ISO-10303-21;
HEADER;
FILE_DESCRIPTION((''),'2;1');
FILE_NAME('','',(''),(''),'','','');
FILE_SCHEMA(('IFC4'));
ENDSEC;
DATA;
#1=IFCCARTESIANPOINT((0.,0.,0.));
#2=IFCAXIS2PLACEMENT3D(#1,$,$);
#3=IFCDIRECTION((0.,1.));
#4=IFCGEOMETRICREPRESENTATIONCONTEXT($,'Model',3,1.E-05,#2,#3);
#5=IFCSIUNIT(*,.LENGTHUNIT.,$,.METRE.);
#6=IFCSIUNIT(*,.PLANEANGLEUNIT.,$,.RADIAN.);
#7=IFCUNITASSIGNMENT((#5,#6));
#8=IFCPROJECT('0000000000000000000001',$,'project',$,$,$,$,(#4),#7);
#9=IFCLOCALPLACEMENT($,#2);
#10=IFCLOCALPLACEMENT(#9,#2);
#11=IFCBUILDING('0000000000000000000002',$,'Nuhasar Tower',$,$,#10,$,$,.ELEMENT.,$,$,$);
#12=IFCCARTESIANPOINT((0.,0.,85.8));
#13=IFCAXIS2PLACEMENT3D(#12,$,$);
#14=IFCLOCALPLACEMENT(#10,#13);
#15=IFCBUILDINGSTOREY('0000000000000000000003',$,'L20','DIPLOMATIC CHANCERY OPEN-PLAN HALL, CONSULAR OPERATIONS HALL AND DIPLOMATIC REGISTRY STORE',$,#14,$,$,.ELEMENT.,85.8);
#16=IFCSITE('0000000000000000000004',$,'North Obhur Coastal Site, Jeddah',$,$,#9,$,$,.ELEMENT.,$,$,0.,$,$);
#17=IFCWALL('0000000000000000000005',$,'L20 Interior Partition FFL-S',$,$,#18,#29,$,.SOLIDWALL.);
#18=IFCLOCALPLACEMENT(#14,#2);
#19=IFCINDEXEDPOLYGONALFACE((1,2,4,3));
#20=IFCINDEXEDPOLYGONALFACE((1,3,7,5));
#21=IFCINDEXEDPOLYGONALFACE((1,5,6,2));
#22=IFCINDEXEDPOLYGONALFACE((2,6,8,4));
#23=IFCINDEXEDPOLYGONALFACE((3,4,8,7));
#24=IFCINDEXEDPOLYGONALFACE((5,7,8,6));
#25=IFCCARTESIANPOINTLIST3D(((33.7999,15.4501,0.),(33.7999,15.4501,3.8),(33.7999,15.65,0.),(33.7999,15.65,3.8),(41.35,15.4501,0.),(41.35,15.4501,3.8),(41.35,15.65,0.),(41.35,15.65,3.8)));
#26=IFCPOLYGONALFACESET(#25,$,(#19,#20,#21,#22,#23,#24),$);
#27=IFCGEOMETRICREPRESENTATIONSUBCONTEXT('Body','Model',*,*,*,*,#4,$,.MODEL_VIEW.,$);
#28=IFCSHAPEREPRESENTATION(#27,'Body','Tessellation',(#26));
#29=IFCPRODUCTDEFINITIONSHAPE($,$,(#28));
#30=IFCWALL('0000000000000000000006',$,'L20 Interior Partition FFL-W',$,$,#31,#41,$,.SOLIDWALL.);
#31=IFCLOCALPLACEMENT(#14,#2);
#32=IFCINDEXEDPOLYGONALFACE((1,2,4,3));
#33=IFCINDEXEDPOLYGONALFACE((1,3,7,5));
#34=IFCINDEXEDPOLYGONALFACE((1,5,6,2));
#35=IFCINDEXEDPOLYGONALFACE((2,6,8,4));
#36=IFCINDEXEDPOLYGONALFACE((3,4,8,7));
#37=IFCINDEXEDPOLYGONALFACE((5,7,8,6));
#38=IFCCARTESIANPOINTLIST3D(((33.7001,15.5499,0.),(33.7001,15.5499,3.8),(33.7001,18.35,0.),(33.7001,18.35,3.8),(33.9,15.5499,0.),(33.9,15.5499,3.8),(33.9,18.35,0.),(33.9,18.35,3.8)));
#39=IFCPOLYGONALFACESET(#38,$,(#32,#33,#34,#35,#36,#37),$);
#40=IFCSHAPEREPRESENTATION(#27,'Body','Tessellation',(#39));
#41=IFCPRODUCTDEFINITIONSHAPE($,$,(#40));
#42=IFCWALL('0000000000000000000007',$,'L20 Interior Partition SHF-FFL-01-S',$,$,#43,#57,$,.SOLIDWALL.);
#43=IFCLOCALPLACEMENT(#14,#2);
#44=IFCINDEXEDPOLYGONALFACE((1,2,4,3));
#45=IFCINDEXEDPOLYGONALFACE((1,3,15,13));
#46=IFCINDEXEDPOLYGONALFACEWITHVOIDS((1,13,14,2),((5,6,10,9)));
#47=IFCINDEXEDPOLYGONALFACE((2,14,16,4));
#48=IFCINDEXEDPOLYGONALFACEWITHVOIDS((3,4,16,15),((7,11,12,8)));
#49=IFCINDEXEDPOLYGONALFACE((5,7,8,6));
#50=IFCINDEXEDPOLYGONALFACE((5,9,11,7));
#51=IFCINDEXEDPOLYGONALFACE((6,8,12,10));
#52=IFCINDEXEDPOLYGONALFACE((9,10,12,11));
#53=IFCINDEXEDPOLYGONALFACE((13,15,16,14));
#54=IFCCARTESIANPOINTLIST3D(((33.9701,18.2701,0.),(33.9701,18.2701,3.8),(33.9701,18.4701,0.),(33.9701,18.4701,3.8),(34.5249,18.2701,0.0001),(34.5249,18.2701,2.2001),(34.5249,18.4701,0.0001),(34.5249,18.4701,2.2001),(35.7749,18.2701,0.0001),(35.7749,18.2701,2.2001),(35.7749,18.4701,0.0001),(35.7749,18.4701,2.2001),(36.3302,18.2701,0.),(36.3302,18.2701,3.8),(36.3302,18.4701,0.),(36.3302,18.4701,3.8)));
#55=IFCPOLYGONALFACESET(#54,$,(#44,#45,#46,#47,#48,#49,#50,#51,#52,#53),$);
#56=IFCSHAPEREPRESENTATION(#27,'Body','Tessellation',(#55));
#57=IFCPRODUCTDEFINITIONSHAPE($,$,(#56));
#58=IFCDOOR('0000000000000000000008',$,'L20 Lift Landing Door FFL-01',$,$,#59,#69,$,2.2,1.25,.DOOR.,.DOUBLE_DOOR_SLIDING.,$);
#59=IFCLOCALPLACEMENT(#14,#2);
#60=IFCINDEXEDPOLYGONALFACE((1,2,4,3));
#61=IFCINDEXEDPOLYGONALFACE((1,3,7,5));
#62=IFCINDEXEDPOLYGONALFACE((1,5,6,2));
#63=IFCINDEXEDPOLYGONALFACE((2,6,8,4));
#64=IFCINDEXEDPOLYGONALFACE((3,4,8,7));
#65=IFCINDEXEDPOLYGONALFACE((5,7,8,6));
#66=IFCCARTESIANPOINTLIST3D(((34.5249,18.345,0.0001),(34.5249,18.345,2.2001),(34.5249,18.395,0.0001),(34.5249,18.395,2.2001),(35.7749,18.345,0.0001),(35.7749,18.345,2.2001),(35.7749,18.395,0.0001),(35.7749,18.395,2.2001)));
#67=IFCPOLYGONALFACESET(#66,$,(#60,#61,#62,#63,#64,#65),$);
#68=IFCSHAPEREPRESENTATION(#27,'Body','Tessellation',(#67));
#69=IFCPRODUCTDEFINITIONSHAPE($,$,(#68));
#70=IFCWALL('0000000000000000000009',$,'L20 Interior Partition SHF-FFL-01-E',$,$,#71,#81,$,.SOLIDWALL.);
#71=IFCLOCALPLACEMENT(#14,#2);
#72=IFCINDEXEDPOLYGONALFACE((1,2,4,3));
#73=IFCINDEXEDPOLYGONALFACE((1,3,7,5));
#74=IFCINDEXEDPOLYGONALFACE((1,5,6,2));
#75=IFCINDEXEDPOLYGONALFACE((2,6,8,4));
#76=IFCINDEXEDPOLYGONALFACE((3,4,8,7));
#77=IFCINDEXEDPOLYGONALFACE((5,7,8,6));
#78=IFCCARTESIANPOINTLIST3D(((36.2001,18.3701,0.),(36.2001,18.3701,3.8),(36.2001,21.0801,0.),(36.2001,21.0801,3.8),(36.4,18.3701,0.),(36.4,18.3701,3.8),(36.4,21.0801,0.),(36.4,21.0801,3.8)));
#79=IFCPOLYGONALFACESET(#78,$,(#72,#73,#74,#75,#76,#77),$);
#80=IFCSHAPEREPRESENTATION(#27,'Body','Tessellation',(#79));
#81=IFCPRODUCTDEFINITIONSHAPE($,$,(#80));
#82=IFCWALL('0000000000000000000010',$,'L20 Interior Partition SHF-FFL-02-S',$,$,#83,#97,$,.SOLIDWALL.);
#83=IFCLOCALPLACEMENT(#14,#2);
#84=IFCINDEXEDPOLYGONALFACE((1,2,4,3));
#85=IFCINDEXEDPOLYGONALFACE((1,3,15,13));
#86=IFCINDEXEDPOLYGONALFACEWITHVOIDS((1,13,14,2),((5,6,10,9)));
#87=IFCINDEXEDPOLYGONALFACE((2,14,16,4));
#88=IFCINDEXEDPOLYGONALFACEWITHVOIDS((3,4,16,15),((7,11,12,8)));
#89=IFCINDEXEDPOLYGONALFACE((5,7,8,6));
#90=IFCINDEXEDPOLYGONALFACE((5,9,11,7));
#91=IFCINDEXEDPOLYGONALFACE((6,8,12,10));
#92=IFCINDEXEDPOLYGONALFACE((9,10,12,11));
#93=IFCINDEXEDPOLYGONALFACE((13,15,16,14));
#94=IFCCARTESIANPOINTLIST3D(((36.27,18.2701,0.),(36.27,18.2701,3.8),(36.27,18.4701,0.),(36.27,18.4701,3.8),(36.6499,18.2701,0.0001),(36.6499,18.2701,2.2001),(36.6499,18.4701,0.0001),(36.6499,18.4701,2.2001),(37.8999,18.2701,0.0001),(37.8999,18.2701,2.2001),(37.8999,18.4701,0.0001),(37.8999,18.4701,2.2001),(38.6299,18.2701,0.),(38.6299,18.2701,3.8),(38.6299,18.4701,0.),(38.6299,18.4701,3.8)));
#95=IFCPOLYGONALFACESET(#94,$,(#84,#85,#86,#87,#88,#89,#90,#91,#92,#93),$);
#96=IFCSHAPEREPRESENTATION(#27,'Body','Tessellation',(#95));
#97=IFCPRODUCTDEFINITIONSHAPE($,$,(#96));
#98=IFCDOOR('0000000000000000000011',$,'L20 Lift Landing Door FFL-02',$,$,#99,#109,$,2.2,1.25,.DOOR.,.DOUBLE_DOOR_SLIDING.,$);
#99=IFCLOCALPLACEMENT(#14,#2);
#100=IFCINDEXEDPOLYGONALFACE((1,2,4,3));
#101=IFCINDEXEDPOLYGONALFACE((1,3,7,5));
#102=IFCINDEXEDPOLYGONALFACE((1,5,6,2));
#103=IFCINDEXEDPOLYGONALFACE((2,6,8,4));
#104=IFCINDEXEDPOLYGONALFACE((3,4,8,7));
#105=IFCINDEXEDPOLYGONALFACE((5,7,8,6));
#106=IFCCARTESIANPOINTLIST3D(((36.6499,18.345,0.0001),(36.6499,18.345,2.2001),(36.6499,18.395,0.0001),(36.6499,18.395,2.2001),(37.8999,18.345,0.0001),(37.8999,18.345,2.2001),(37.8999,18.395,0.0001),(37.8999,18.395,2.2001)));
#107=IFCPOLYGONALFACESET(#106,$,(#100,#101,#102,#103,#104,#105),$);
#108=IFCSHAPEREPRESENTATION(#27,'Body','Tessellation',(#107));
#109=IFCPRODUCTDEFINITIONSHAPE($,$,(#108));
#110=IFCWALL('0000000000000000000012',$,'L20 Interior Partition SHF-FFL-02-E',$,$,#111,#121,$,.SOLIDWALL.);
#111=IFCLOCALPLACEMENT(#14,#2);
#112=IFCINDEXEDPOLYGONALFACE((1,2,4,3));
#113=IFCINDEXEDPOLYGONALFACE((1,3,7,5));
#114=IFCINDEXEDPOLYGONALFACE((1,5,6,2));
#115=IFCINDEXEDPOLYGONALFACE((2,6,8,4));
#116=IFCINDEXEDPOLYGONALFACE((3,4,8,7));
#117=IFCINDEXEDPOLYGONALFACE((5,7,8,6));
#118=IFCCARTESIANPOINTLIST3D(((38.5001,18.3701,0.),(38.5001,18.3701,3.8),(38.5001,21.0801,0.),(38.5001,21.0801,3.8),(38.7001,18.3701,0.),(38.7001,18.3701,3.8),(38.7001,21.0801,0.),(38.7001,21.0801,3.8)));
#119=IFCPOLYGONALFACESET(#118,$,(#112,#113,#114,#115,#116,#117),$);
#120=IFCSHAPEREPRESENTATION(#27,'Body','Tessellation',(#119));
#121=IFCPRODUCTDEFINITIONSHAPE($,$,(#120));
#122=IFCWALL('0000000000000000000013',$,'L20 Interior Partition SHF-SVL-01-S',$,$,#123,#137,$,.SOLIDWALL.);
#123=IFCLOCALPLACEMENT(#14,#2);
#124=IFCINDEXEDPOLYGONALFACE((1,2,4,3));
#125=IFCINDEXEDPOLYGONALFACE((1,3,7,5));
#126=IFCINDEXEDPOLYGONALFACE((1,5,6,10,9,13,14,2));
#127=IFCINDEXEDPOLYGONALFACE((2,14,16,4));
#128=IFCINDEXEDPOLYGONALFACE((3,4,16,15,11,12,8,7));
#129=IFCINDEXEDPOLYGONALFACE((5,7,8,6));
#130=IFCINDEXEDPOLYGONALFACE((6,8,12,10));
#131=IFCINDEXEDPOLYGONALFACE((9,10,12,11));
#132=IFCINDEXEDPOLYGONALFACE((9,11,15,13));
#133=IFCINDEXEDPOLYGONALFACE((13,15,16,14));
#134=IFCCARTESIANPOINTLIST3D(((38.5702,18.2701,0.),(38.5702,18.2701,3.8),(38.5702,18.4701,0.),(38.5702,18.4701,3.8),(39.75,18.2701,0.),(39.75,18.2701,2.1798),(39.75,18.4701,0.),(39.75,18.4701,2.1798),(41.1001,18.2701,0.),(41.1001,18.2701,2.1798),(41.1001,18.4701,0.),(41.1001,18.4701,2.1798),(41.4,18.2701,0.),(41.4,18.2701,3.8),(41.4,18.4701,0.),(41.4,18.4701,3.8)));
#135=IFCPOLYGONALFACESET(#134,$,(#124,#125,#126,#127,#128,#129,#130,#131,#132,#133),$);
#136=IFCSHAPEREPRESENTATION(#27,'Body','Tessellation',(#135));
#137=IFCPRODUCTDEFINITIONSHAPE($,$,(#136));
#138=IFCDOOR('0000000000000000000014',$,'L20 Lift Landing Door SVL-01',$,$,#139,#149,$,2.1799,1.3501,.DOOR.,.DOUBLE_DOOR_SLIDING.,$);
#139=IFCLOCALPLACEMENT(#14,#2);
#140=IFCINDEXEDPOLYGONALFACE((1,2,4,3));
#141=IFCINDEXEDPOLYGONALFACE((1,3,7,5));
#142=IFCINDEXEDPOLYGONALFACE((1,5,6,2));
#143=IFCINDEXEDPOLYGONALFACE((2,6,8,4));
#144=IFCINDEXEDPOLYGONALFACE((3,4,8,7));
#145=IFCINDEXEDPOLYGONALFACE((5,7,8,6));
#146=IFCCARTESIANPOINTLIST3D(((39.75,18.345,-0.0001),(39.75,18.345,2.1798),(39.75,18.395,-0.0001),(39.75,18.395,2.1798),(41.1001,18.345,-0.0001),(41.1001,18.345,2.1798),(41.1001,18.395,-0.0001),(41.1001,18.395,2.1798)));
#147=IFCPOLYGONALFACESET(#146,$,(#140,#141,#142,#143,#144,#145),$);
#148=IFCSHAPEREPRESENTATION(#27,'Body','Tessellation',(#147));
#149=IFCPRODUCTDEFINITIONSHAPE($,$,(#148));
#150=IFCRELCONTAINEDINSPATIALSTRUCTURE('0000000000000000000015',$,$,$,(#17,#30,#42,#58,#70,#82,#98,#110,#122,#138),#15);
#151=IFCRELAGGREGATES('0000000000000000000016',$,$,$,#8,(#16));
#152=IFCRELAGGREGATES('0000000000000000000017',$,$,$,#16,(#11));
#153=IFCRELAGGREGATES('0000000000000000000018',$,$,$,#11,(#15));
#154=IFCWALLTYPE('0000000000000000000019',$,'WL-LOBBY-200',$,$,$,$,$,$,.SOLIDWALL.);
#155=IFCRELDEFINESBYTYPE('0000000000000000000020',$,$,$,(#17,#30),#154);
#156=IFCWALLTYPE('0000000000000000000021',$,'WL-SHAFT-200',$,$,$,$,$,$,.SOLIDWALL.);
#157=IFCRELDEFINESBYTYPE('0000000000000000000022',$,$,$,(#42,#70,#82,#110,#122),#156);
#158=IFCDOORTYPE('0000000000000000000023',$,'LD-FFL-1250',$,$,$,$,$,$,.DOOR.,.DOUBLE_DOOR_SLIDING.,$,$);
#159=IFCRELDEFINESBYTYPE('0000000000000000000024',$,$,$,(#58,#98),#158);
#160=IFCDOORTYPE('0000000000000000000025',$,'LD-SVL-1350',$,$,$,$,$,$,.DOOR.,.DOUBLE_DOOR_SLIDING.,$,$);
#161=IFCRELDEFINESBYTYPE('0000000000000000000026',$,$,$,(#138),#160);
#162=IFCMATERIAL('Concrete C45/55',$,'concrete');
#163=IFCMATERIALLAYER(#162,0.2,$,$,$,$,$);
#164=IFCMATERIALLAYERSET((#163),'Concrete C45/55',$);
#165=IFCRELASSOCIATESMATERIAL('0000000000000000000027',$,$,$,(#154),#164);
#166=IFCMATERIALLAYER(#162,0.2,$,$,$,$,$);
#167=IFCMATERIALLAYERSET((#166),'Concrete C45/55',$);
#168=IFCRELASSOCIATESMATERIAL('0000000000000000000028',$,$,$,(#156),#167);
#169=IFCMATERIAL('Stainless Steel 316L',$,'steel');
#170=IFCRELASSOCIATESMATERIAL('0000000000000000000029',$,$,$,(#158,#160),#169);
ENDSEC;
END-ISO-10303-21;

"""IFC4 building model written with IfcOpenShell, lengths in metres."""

from ifc_helpers import new_model, si_unit, direction, frame, frame_2d, origin, place, context, subcontext, project, spatial, rectangle, extrude, material, layer, layer_set, type_object, element, fill, save


model = new_model("IFC4")

# Units and contexts
model_context = context("Model", 3, precision=1e-05, world=origin(), true_north=direction((0.0, 1.0)))
body_context = subcontext(model_context, "Body", "Model", "MODEL_VIEW")
ifc_project = project(units=[si_unit("LENGTHUNIT", "METRE"), si_unit("PLANEANGLEUNIT", "RADIAN")], contexts=[model_context])

# Site, building, storey
site_placement = place(None, origin())
site = spatial("IfcSite", under=ifc_project, at=site_placement, Name="North Obhur Coastal Site, Jeddah", CompositionType="ELEMENT", RefElevation=0.0)
building_placement = place(site_placement, origin())
building = spatial("IfcBuilding", under=site, at=building_placement, Name="Nuhasar Tower", CompositionType="ELEMENT")
storey_placement = place(building_placement, frame((0.0, 0.0, 85.8)))
storey = spatial("IfcBuildingStorey", under=building, at=storey_placement, Name="L20", Description="DIPLOMATIC CHANCERY OPEN-PLAN HALL, CONSULAR OPERATIONS HALL AND DIPLOMATIC REGISTRY STORE", CompositionType="ELEMENT", Elevation=85.8)

# Walls
ifc_material_1 = material(Name="Concrete C45/55", Category="concrete")
ifc_layer_1 = layer(ifc_material_1, 0.2)
ifc_layer_set_1 = layer_set([ifc_layer_1], Name="Concrete C45/55")
wall_type_1 = type_object("IfcWallType", Name="WL-LOBBY-200", PredefinedType="SOLIDWALL", material=ifc_layer_set_1)
wall_1_placement = place(storey_placement, frame((33.8, 15.55, 0.0), z_axis=(0.0, 0.0, 1.0), x_axis=(1.0, 0.0, 0.0)))
element("IfcWall", 1, at=wall_1_placement, inside=storey, type_object=wall_type_1, Name="L20 Interior Partition FFL-S", PredefinedType="SOLIDWALL", context=body_context, shape_type="SweptSolid", body=[
    extrude(rectangle(XDim=7.55, YDim=0.2, at=frame_2d((3.7749, 0.0))), origin(), (0.0, 0.0, 1.0), 3.8),
])
wall_2_placement = place(storey_placement, frame((33.8, 15.55, 0.0), z_axis=(0.0, 0.0, 1.0), x_axis=(0.0, 1.0, 0.0)))
element("IfcWall", 2, at=wall_2_placement, inside=storey, type_object=wall_type_1, Name="L20 Interior Partition FFL-W", PredefinedType="SOLIDWALL", context=body_context, shape_type="SweptSolid", body=[
    extrude(rectangle(XDim=2.8, YDim=0.2, at=frame_2d((1.3999, 0.0))), origin(), (0.0, 0.0, 1.0), 3.8),
])

# Wall, opening, door
ifc_layer_2 = layer(ifc_material_1, 0.2)
ifc_layer_set_2 = layer_set([ifc_layer_2], Name="Concrete C45/55")
wall_type_2 = type_object("IfcWallType", Name="WL-SHAFT-200", PredefinedType="SOLIDWALL", material=ifc_layer_set_2)
wall_3_placement = place(storey_placement, frame((33.97, 18.3701, 0.0), z_axis=(0.0, 0.0, 1.0), x_axis=(1.0, 0.0, 0.0)))
wall_3 = element("IfcWall", 3, at=wall_3_placement, inside=storey, type_object=wall_type_2, Name="L20 Interior Partition SHF-FFL-01-S", PredefinedType="SOLIDWALL", context=body_context, shape_type="SweptSolid", body=[
    extrude(rectangle(XDim=2.3601, YDim=0.2, at=frame_2d((1.1802, 0.0))), origin(), (0.0, 0.0, 1.0), 3.8),
])
opening_1_placement = place(wall_3_placement, frame((0.5549, 0.0, 0.0)))
opening_1 = element("IfcOpeningElement", 4, at=opening_1_placement, cuts=wall_3, PredefinedType="OPENING", context=body_context, shape_type="SweptSolid", body=[
    extrude(rectangle(XDim=1.25, YDim=2.2, at=frame_2d((0.625, 1.1001))), frame((0.0, 0.1099, 0.0), z_axis=(0.0, -1.0, 0.0), x_axis=(1.0, 0.0, 0.0)), (0.0, 0.0, 1.0), 0.22),
])
ifc_material_2 = material(Name="Stainless Steel 316L", Category="steel")
door_type_1 = type_object("IfcDoorType", Name="LD-FFL-1250", OperationType="DOUBLE_DOOR_SLIDING", PredefinedType="DOOR", material=ifc_material_2)
door_1_placement = place(opening_1_placement, origin())
door_1 = element("IfcDoor", 5, at=door_1_placement, inside=storey, type_object=door_type_1, Name="L20 Lift Landing Door FFL-01", OperationType="DOUBLE_DOOR_SLIDING", OverallHeight=2.2, OverallWidth=1.25, PredefinedType="DOOR", context=body_context, shape_type="SweptSolid", body=[
    extrude(rectangle(XDim=1.25, YDim=2.2, at=frame_2d((0.625, 1.1001))), frame((0.0, 0.0249, 0.0), z_axis=(0.0, -1.0, 0.0), x_axis=(1.0, 0.0, 0.0)), (0.0, 0.0, 1.0), 0.05),
])
fill(opening_1, door_1)

# Wall
wall_4_placement = place(storey_placement, frame((36.3, 18.3701, 0.0), z_axis=(0.0, 0.0, 1.0), x_axis=(0.0, 1.0, 0.0)))
element("IfcWall", 6, at=wall_4_placement, inside=storey, type_object=wall_type_2, Name="L20 Interior Partition SHF-FFL-01-E", PredefinedType="SOLIDWALL", context=body_context, shape_type="SweptSolid", body=[
    extrude(rectangle(XDim=2.71, YDim=0.2, at=frame_2d((1.355, 0.0))), origin(), (0.0, 0.0, 1.0), 3.8),
])

# Wall, opening, door
wall_5_placement = place(storey_placement, frame((36.27, 18.3701, 0.0), z_axis=(0.0, 0.0, 1.0), x_axis=(1.0, 0.0, 0.0)))
wall_5 = element("IfcWall", 7, at=wall_5_placement, inside=storey, type_object=wall_type_2, Name="L20 Interior Partition SHF-FFL-02-S", PredefinedType="SOLIDWALL", context=body_context, shape_type="SweptSolid", body=[
    extrude(rectangle(XDim=2.3599, YDim=0.2, at=frame_2d((1.1799, 0.0))), origin(), (0.0, 0.0, 1.0), 3.8),
])
opening_2_placement = place(wall_5_placement, frame((0.3799, 0.0, 0.0)))
opening_2 = element("IfcOpeningElement", 8, at=opening_2_placement, cuts=wall_5, PredefinedType="OPENING", context=body_context, shape_type="SweptSolid", body=[
    extrude(rectangle(XDim=1.25, YDim=2.2, at=frame_2d((0.625, 1.1001))), frame((0.0, 0.1099, 0.0), z_axis=(0.0, -1.0, 0.0), x_axis=(1.0, 0.0, 0.0)), (0.0, 0.0, 1.0), 0.22),
])
door_2_placement = place(opening_2_placement, origin())
door_2 = element("IfcDoor", 9, at=door_2_placement, inside=storey, type_object=door_type_1, Name="L20 Lift Landing Door FFL-02", OperationType="DOUBLE_DOOR_SLIDING", OverallHeight=2.2, OverallWidth=1.25, PredefinedType="DOOR", context=body_context, shape_type="SweptSolid", body=[
    extrude(rectangle(XDim=1.25, YDim=2.2, at=frame_2d((0.625, 1.1001))), frame((0.0, 0.0249, 0.0), z_axis=(0.0, -1.0, 0.0), x_axis=(1.0, 0.0, 0.0)), (0.0, 0.0, 1.0), 0.05),
])
fill(opening_2, door_2)

# Wall
wall_6_placement = place(storey_placement, frame((38.6001, 18.3701, 0.0), z_axis=(0.0, 0.0, 1.0), x_axis=(0.0, 1.0, 0.0)))
element("IfcWall", 10, at=wall_6_placement, inside=storey, type_object=wall_type_2, Name="L20 Interior Partition SHF-FFL-02-E", PredefinedType="SOLIDWALL", context=body_context, shape_type="SweptSolid", body=[
    extrude(rectangle(XDim=2.71, YDim=0.2, at=frame_2d((1.355, 0.0))), origin(), (0.0, 0.0, 1.0), 3.8),
])

# Wall, opening, door
wall_7_placement = place(storey_placement, frame((38.5701, 18.3701, 0.0), z_axis=(0.0, 0.0, 1.0), x_axis=(1.0, 0.0, 0.0)))
wall_7 = element("IfcWall", 11, at=wall_7_placement, inside=storey, type_object=wall_type_2, Name="L20 Interior Partition SHF-SVL-01-S", PredefinedType="SOLIDWALL", context=body_context, shape_type="SweptSolid", body=[
    extrude(rectangle(XDim=2.8298, YDim=0.2, at=frame_2d((1.415, 0.0))), origin(), (0.0, 0.0, 1.0), 3.8),
])
opening_3_placement = place(wall_7_placement, frame((1.1799, 0.0, 0.0)))
opening_3 = element("IfcOpeningElement", 12, at=opening_3_placement, cuts=wall_7, PredefinedType="OPENING", context=body_context, shape_type="SweptSolid", body=[
    extrude(rectangle(XDim=1.3501, YDim=2.1799, at=frame_2d((0.675, 1.0898))), frame((0.0, 0.1099, 0.0), z_axis=(0.0, -1.0, 0.0), x_axis=(1.0, 0.0, 0.0)), (0.0, 0.0, 1.0), 0.22),
])
door_type_2 = type_object("IfcDoorType", Name="LD-SVL-1350", OperationType="DOUBLE_DOOR_SLIDING", PredefinedType="DOOR", material=ifc_material_2)
door_3_placement = place(opening_3_placement, origin())
door_3 = element("IfcDoor", 13, at=door_3_placement, inside=storey, type_object=door_type_2, Name="L20 Lift Landing Door SVL-01", OperationType="DOUBLE_DOOR_SLIDING", OverallHeight=2.1799, OverallWidth=1.3501, PredefinedType="DOOR", context=body_context, shape_type="SweptSolid", body=[
    extrude(rectangle(XDim=1.3501, YDim=2.1799, at=frame_2d((0.675, 1.0898))), frame((0.0, 0.0249, 0.0), z_axis=(0.0, -1.0, 0.0), x_axis=(1.0, 0.0, 0.0)), (0.0, 0.0, 1.0), 0.05),
])
fill(opening_3, door_3)

save(model, "model.ifc")
